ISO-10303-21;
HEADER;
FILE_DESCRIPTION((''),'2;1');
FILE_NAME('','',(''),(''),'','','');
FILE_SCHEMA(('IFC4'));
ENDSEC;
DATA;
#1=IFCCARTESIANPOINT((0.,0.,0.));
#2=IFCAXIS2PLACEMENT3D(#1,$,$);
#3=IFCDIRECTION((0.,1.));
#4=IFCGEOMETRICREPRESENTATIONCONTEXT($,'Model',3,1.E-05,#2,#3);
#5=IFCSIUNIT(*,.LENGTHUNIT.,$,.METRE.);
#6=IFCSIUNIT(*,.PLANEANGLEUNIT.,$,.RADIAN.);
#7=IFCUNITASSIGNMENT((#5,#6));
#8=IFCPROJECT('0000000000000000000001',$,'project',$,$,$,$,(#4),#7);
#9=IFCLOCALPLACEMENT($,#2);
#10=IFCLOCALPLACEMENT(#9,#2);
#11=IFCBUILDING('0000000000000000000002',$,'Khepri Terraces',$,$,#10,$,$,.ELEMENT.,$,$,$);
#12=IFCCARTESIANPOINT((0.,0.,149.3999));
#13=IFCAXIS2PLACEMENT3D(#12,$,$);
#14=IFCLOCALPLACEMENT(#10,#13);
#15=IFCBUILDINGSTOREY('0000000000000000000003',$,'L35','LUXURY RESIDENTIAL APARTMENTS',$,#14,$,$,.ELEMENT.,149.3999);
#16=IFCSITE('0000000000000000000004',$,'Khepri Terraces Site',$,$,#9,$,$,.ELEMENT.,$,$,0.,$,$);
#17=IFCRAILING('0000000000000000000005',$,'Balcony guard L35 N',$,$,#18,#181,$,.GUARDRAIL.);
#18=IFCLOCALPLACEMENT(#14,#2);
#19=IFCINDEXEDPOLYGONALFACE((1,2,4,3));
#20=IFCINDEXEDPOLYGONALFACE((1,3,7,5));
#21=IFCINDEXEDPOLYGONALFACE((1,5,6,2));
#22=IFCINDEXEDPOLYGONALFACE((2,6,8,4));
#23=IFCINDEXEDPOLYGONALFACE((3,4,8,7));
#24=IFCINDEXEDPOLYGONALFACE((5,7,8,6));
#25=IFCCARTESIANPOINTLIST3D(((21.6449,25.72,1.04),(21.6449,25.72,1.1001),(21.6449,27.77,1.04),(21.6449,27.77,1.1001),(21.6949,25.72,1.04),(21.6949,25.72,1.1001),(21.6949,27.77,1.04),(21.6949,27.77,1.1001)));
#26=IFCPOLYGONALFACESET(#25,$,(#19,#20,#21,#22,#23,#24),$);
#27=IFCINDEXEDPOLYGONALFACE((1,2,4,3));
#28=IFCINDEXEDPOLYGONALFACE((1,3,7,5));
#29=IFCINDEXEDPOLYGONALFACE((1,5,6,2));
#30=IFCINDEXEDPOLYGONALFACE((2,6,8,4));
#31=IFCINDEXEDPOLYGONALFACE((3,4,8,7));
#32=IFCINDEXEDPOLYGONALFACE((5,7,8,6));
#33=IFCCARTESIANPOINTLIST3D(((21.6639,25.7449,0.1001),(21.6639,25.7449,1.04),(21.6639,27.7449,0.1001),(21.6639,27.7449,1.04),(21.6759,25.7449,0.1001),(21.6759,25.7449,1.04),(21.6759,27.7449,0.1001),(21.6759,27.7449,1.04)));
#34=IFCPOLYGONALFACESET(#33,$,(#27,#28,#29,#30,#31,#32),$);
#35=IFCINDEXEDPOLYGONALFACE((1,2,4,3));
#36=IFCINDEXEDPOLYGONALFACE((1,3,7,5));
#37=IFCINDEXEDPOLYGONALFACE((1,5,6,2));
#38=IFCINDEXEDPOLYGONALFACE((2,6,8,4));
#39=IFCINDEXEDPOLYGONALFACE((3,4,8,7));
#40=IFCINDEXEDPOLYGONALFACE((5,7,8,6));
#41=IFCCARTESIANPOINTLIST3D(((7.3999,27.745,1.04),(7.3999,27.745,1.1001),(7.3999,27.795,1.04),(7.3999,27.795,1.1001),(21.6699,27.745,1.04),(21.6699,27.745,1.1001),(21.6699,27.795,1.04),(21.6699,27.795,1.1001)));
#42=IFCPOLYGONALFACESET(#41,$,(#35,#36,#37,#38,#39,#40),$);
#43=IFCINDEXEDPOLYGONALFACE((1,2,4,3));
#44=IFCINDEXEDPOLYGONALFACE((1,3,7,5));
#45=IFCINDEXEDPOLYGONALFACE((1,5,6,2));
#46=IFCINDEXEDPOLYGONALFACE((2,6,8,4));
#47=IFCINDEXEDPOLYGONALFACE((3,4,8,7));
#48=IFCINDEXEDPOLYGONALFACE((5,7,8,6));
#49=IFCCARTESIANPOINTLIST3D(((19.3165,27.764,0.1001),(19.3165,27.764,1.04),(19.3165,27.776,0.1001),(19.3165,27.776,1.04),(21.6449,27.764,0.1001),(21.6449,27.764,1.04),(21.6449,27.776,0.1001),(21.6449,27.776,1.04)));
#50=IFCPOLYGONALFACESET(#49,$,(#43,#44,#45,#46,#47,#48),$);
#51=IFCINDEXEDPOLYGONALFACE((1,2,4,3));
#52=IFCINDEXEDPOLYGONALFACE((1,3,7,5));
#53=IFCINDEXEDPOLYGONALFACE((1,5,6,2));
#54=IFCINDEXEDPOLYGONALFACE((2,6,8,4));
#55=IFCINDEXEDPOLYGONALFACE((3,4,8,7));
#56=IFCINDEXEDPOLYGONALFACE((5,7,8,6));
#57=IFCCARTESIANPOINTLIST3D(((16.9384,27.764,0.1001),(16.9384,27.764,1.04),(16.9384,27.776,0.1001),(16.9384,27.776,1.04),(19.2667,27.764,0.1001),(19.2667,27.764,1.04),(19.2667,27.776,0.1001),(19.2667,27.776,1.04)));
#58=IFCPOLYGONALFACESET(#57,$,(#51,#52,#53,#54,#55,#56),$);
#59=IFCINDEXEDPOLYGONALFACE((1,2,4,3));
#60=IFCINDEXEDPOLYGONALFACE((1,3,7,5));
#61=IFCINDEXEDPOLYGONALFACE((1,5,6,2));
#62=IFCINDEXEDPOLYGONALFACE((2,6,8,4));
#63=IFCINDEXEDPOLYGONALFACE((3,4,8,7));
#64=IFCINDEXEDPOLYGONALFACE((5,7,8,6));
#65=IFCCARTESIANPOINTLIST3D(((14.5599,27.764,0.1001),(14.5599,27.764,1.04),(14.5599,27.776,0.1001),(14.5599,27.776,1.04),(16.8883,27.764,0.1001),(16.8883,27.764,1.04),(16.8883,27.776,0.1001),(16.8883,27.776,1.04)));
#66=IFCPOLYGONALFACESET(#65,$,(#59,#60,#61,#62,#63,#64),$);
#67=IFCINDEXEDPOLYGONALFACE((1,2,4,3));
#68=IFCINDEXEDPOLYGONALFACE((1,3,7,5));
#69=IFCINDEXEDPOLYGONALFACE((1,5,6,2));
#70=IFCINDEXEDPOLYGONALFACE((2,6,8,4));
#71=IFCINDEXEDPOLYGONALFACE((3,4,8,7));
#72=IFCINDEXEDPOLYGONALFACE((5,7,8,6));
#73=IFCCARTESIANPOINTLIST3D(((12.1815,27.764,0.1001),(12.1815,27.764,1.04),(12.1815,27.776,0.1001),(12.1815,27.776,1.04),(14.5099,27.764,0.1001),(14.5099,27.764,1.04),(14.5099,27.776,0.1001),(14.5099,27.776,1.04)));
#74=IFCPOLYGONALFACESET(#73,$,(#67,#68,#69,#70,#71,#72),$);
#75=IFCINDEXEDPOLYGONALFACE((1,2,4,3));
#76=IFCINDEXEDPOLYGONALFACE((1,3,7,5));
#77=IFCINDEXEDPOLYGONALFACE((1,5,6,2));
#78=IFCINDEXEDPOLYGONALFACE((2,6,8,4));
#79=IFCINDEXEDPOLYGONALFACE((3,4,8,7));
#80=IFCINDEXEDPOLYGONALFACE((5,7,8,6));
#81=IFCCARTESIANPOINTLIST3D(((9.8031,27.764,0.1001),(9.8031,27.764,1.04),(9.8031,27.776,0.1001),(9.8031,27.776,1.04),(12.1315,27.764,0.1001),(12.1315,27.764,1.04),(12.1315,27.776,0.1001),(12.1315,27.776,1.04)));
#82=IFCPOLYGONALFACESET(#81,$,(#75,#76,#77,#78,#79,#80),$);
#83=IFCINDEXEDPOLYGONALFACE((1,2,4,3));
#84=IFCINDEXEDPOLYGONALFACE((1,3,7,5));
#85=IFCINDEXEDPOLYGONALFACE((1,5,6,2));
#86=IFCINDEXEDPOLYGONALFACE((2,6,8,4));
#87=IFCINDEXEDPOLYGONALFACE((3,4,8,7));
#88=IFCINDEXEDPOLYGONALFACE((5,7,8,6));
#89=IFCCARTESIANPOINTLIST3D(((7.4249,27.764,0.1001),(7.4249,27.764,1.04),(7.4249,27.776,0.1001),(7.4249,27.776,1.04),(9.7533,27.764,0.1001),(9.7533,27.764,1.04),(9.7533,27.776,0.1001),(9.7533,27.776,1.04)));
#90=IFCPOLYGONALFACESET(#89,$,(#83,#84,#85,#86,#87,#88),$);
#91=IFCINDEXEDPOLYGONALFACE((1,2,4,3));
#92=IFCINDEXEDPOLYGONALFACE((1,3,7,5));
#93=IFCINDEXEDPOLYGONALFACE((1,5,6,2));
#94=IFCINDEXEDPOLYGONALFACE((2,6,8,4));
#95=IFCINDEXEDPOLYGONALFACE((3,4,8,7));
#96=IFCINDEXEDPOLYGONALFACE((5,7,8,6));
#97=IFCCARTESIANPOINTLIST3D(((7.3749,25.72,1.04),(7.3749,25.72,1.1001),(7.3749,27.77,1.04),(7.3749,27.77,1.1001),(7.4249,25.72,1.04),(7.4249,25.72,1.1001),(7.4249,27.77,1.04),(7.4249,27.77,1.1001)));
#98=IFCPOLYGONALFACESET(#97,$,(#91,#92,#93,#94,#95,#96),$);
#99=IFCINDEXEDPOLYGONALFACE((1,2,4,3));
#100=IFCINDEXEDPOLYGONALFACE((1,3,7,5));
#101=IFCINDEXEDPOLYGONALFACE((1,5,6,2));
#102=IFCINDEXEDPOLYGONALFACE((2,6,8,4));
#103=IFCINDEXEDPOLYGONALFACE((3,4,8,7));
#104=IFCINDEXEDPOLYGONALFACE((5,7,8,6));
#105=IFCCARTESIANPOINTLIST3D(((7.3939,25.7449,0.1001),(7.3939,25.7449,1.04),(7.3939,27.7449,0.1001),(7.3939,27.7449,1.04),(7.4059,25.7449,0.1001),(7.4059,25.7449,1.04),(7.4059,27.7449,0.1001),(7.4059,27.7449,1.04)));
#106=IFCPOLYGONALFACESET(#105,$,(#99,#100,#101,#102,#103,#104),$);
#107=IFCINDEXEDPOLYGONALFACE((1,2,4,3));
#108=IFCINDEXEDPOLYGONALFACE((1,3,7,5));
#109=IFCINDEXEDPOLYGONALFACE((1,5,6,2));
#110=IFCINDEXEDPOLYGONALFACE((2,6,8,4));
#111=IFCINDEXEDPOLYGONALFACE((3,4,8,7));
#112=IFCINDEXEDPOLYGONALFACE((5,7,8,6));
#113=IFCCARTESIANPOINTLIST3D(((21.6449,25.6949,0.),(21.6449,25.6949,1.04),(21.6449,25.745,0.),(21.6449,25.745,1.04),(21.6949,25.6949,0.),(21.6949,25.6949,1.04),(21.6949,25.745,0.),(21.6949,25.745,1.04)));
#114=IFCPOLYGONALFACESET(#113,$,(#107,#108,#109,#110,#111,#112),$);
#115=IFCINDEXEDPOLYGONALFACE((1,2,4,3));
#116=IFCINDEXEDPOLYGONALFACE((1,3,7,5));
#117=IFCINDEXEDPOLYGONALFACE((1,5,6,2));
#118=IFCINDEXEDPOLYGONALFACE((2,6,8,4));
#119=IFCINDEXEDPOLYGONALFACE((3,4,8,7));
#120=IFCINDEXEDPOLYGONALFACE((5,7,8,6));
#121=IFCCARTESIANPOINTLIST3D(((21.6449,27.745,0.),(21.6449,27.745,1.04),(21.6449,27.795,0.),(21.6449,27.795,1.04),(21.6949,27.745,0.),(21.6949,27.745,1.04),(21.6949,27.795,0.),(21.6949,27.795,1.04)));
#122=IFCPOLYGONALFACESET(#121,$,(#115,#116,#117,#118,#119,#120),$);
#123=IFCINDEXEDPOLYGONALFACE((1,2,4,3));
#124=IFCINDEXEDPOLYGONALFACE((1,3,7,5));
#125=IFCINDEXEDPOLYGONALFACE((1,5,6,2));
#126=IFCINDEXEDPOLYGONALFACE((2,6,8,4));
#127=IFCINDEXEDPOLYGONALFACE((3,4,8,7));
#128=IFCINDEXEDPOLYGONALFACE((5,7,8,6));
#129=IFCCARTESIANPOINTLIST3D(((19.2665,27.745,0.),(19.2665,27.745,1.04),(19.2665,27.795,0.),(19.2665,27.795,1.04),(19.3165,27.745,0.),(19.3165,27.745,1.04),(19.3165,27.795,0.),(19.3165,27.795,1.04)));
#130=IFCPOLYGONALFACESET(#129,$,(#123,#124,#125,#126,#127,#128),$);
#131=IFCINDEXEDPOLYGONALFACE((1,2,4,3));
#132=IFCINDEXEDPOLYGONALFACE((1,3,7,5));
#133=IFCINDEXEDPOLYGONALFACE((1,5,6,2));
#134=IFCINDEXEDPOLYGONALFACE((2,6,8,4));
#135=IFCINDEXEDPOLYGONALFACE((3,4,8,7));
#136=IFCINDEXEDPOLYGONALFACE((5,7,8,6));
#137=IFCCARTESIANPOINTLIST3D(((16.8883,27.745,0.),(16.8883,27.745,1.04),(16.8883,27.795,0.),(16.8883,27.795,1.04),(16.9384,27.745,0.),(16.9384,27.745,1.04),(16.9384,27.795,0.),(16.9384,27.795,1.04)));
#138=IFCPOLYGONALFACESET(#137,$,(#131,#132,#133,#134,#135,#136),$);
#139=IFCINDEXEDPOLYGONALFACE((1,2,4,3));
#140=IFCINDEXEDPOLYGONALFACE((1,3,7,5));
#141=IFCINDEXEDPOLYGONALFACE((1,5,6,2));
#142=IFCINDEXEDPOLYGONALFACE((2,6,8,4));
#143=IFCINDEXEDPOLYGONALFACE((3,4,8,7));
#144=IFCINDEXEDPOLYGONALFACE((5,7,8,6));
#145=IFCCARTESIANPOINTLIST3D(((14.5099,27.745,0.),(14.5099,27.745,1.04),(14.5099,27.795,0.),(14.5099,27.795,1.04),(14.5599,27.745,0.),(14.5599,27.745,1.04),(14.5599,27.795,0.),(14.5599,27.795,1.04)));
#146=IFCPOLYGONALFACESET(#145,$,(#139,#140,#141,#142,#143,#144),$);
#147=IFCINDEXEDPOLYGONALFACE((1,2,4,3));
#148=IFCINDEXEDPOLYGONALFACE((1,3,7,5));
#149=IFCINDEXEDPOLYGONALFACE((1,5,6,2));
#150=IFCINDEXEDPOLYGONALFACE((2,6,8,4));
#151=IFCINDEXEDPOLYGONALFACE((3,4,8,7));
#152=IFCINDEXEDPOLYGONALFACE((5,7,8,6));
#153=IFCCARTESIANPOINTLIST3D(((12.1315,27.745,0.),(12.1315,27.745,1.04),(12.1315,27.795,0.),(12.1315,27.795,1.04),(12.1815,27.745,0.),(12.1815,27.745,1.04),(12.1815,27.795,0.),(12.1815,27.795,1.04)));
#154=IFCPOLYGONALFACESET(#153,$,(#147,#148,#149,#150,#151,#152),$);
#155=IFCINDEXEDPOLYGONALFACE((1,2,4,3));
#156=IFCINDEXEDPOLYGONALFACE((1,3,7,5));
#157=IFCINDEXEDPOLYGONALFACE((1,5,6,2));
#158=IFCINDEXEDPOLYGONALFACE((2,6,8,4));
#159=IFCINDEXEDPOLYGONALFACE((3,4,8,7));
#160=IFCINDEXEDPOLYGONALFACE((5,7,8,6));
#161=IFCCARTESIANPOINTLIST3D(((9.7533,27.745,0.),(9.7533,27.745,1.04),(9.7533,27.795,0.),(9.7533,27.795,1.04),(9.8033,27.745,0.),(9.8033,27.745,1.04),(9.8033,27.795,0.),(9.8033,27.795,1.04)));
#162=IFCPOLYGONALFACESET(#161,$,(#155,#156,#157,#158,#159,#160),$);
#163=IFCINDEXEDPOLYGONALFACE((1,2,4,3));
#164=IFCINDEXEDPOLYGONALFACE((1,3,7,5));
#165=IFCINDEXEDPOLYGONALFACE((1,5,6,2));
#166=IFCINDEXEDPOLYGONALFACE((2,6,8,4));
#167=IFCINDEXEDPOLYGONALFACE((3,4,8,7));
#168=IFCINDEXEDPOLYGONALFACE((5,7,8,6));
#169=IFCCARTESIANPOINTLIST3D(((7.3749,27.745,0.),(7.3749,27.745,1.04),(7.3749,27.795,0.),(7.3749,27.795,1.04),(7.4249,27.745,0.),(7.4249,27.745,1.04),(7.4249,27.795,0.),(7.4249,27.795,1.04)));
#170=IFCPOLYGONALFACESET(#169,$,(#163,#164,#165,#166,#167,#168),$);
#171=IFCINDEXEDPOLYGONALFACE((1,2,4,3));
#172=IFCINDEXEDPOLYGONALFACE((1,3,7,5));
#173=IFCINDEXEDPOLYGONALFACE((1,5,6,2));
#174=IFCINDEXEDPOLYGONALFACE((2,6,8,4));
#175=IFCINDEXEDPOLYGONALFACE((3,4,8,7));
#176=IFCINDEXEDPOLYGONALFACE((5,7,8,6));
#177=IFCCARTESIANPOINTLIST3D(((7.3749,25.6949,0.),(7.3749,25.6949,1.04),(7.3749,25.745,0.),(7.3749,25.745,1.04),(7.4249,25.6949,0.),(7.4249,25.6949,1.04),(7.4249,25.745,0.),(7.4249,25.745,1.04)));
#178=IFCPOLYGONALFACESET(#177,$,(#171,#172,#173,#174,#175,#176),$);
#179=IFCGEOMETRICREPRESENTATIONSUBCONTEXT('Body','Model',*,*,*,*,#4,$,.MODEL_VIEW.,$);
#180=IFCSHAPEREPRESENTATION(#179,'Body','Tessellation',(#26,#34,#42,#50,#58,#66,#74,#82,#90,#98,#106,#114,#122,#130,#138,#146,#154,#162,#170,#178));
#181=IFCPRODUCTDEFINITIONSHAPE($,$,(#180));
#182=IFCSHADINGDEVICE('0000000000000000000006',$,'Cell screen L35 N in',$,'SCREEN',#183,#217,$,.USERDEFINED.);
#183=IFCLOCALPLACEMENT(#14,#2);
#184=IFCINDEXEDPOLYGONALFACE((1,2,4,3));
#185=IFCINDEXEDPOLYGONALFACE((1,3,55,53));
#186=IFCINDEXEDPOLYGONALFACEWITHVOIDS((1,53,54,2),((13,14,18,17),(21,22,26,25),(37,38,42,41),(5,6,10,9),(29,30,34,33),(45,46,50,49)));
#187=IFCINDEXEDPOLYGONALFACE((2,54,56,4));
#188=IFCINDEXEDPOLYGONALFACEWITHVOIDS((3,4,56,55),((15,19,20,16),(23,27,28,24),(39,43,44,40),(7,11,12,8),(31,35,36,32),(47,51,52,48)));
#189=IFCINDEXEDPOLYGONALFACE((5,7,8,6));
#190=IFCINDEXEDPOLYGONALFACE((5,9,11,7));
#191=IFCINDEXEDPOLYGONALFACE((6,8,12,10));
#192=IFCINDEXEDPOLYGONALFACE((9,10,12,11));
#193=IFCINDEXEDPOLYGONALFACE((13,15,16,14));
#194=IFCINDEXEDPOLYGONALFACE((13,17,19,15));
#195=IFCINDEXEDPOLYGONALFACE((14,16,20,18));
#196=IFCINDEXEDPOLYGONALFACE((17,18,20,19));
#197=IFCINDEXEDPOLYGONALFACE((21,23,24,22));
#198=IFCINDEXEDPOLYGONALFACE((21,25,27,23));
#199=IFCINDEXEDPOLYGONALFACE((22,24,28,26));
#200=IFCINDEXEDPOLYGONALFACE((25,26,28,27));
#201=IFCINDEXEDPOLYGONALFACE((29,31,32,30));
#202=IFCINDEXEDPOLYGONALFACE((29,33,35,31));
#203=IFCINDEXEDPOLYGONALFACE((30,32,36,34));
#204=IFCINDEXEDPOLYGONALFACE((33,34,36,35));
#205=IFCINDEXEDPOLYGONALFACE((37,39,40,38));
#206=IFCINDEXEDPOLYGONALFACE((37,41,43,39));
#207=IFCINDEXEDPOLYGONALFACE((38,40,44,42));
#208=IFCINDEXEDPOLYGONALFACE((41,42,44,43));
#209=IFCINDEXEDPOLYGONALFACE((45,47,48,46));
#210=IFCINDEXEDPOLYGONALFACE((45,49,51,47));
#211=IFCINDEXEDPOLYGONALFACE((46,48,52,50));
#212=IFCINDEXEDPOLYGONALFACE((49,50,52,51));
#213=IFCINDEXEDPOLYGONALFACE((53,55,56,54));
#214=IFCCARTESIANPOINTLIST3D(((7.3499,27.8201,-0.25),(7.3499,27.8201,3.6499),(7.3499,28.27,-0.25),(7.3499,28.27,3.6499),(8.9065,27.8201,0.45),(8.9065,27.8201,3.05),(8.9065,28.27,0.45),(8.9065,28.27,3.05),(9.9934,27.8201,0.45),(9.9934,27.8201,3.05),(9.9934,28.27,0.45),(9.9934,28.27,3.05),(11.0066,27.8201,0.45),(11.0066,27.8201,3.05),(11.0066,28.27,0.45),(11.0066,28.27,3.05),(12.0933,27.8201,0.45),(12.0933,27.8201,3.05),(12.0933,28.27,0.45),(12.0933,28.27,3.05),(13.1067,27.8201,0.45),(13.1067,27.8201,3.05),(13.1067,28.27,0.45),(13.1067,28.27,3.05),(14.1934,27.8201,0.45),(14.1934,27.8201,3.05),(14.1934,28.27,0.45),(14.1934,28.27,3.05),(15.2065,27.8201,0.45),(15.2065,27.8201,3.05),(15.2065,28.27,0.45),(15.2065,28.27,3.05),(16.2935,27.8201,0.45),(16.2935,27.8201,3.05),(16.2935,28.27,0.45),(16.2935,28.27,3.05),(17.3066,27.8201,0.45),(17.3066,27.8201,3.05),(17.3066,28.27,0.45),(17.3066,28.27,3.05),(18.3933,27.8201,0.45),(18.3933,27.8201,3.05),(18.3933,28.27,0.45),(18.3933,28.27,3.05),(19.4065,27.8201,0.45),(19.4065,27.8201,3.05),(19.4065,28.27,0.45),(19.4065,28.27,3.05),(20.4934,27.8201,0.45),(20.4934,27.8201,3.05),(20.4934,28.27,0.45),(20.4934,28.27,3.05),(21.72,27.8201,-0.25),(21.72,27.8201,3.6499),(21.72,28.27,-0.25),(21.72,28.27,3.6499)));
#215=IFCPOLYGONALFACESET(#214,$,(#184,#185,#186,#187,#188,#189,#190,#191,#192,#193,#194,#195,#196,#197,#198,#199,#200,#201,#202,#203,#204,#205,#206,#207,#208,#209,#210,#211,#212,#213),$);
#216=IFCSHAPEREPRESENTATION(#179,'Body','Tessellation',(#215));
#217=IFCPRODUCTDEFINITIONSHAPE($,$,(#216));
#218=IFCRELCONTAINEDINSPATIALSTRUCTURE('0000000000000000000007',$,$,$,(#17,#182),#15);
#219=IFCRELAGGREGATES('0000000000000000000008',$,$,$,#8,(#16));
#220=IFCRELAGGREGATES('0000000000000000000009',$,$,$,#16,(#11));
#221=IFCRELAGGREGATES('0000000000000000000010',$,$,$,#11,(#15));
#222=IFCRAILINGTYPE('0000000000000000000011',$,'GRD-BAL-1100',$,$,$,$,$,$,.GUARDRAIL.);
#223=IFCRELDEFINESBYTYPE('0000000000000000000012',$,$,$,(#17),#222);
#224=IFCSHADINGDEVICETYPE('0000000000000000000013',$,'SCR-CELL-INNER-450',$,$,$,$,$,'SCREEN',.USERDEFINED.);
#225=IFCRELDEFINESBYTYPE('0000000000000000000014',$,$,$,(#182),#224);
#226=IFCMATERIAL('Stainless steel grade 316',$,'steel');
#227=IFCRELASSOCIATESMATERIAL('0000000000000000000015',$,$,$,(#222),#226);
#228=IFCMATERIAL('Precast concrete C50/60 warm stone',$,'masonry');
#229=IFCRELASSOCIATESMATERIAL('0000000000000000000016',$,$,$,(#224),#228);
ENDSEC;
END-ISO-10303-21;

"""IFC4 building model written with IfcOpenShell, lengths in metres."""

from ifc_helpers import new_model, si_unit, direction, frame, origin, origin_2d, place, context, subcontext, project, spatial, polyline, rectangle, outline, extrude, material, type_object, element, save


model = new_model("IFC4")

# Units and contexts
model_context = context("Model", 3, precision=1e-05, world=origin(), true_north=direction((0.0, 1.0)))
body_context = subcontext(model_context, "Body", "Model", "MODEL_VIEW")
ifc_project = project(units=[si_unit("LENGTHUNIT", "METRE"), si_unit("PLANEANGLEUNIT", "RADIAN")], contexts=[model_context])

# Site, building, storey
site_placement = place(None, origin())
site = spatial("IfcSite", under=ifc_project, at=site_placement, Name="Khepri Terraces Site", CompositionType="ELEMENT", RefElevation=0.0)
building_placement = place(site_placement, origin())
building = spatial("IfcBuilding", under=site, at=building_placement, Name="Khepri Terraces", CompositionType="ELEMENT")
storey_placement = place(building_placement, frame((0.0, 0.0, 149.3999)))
storey = spatial("IfcBuildingStorey", under=building, at=storey_placement, Name="L35", Description="LUXURY RESIDENTIAL APARTMENTS", CompositionType="ELEMENT", Elevation=149.3999)

# Shared definitions
ifc_material_1 = material(Name="Precast concrete C50/60 warm stone", Category="masonry")

# Railing
ifc_material_2 = material(Name="Stainless steel grade 316", Category="steel")
railing_type = type_object("IfcRailingType", Name="GRD-BAL-1100", PredefinedType="GUARDRAIL", material=ifc_material_2)
railing_placement = place(storey_placement, frame((21.6699, 25.72, 0.0)))
element("IfcRailing", 1, at=railing_placement, inside=storey, type_object=railing_type, Name="Balcony guard L35 N", PredefinedType="GUARDRAIL", context=body_context, shape_type="SweptSolid", body=[
    extrude(rectangle(XDim=0.05, YDim=0.0601, at=origin_2d()), frame((0.0, 0.0, 1.0701), z_axis=(0.0, 1.0, 0.0), x_axis=(-1.0, 0.0, 0.0)), (0.0, 0.0, 1.0), 2.05),
    extrude(rectangle(XDim=2.0, YDim=0.012, at=origin_2d()), frame((0.0, 1.0249, 0.1001), z_axis=(0.0, 0.0, 1.0), x_axis=(0.0, 1.0, 0.0)), (0.0, 0.0, 1.0), 0.9399),
    extrude(rectangle(XDim=0.05, YDim=0.0601, at=origin_2d()), frame((0.0, 2.05, 1.0701), z_axis=(-1.0, 0.0, 0.0), x_axis=(0.0, -1.0, 0.0)), (0.0, 0.0, 1.0), 14.27),
    extrude(rectangle(XDim=2.3284, YDim=0.012, at=origin_2d()), frame((-1.1892, 2.05, 0.1001), z_axis=(0.0, 0.0, 1.0), x_axis=(-1.0, 0.0, 0.0)), (0.0, 0.0, 1.0), 0.9399),
    extrude(rectangle(XDim=2.3284, YDim=0.012, at=origin_2d()), frame((-3.5674, 2.05, 0.1001), z_axis=(0.0, 0.0, 1.0), x_axis=(-1.0, 0.0, 0.0)), (0.0, 0.0, 1.0), 0.9399),
    extrude(rectangle(XDim=2.3284, YDim=0.012, at=origin_2d()), frame((-5.9458, 2.05, 0.1001), z_axis=(0.0, 0.0, 1.0), x_axis=(-1.0, 0.0, 0.0)), (0.0, 0.0, 1.0), 0.9399),
    extrude(rectangle(XDim=2.3284, YDim=0.012, at=origin_2d()), frame((-8.3242, 2.05, 0.1001), z_axis=(0.0, 0.0, 1.0), x_axis=(-1.0, 0.0, 0.0)), (0.0, 0.0, 1.0), 0.9399),
    extrude(rectangle(XDim=2.3284, YDim=0.012, at=origin_2d()), frame((-10.7026, 2.05, 0.1001), z_axis=(0.0, 0.0, 1.0), x_axis=(-1.0, 0.0, 0.0)), (0.0, 0.0, 1.0), 0.9399),
    extrude(rectangle(XDim=2.3284, YDim=0.012, at=origin_2d()), frame((-13.0808, 2.05, 0.1001), z_axis=(0.0, 0.0, 1.0), x_axis=(-1.0, 0.0, 0.0)), (0.0, 0.0, 1.0), 0.9399),
    extrude(rectangle(XDim=0.05, YDim=0.0601, at=origin_2d()), frame((-14.27, 2.05, 1.0701), z_axis=(0.0, -1.0, 0.0), x_axis=(1.0, 0.0, 0.0)), (0.0, 0.0, 1.0), 2.05),
    extrude(rectangle(XDim=2.0, YDim=0.012, at=origin_2d()), frame((-14.27, 1.0249, 0.1001), z_axis=(0.0, 0.0, 1.0), x_axis=(0.0, -1.0, 0.0)), (0.0, 0.0, 1.0), 0.9399),
    extrude(rectangle(XDim=0.05, YDim=0.05, at=origin_2d()), origin(), (0.0, 0.0, 1.0), 1.04),
    extrude(rectangle(XDim=0.05, YDim=0.05, at=origin_2d()), frame((0.0, 2.05, 0.0)), (0.0, 0.0, 1.0), 1.04),
    extrude(rectangle(XDim=0.05, YDim=0.05, at=origin_2d()), frame((-2.3784, 2.05, 0.0)), (0.0, 0.0, 1.0), 1.04),
    extrude(rectangle(XDim=0.05, YDim=0.05, at=origin_2d()), frame((-4.7566, 2.05, 0.0)), (0.0, 0.0, 1.0), 1.04),
    extrude(rectangle(XDim=0.05, YDim=0.05, at=origin_2d()), frame((-7.135, 2.05, 0.0)), (0.0, 0.0, 1.0), 1.04),
    extrude(rectangle(XDim=0.05, YDim=0.05, at=origin_2d()), frame((-9.5134, 2.05, 0.0)), (0.0, 0.0, 1.0), 1.04),
    extrude(rectangle(XDim=0.05, YDim=0.05, at=origin_2d()), frame((-11.8916, 2.05, 0.0)), (0.0, 0.0, 1.0), 1.04),
    extrude(rectangle(XDim=0.05, YDim=0.05, at=origin_2d()), frame((-14.27, 2.05, 0.0)), (0.0, 0.0, 1.0), 1.04),
    extrude(rectangle(XDim=0.05, YDim=0.05, at=origin_2d()), frame((-14.27, 0.0, 0.0)), (0.0, 0.0, 1.0), 1.04),
])

# Shading device
shading_device_type_1 = type_object("IfcShadingDeviceType", Name="SCR-CELL-INNER-450", ElementType="SCREEN", PredefinedType="USERDEFINED", material=ifc_material_1)
shading_device_1_placement = place(storey_placement, frame((21.72, 27.8201, -0.25), z_axis=(0.0, 1.0, 0.0), x_axis=(-1.0, 0.0, 0.0)))
element("IfcShadingDevice", 2, at=shading_device_1_placement, inside=storey, type_object=shading_device_type_1, Name="Cell screen L35 N in", ObjectType="SCREEN", PredefinedType="USERDEFINED", context=body_context, shape_type="SweptSolid", body=[
    extrude(outline(polyline([(0.0, 0.0), (14.3701, 0.0), (14.3701, 3.8999), (0.0, 3.8999), (0.0, 0.0)]), holes=[polyline([(1.2266, 0.7), (2.3135, 0.7), (2.3135, 3.3), (1.2266, 3.3), (1.2266, 0.7)]), polyline([(3.3267, 0.7), (4.4133, 0.7), (4.4133, 3.3), (3.3267, 3.3), (3.3267, 0.7)]), polyline([(5.4265, 0.7), (6.5134, 0.7), (6.5134, 3.3), (5.4265, 3.3), (5.4265, 0.7)]), polyline([(7.5266, 0.7), (8.6133, 0.7), (8.6133, 3.3), (7.5266, 3.3), (7.5266, 0.7)]), polyline([(9.6267, 0.7), (10.7134, 0.7), (10.7134, 3.3), (9.6267, 3.3), (9.6267, 0.7)]), polyline([(11.7266, 0.7), (12.8135, 0.7), (12.8135, 3.3), (11.7266, 3.3), (11.7266, 0.7)])]), origin(), (0.0, 0.0, 1.0), 0.45),
])

save(model, "model.ifc")
